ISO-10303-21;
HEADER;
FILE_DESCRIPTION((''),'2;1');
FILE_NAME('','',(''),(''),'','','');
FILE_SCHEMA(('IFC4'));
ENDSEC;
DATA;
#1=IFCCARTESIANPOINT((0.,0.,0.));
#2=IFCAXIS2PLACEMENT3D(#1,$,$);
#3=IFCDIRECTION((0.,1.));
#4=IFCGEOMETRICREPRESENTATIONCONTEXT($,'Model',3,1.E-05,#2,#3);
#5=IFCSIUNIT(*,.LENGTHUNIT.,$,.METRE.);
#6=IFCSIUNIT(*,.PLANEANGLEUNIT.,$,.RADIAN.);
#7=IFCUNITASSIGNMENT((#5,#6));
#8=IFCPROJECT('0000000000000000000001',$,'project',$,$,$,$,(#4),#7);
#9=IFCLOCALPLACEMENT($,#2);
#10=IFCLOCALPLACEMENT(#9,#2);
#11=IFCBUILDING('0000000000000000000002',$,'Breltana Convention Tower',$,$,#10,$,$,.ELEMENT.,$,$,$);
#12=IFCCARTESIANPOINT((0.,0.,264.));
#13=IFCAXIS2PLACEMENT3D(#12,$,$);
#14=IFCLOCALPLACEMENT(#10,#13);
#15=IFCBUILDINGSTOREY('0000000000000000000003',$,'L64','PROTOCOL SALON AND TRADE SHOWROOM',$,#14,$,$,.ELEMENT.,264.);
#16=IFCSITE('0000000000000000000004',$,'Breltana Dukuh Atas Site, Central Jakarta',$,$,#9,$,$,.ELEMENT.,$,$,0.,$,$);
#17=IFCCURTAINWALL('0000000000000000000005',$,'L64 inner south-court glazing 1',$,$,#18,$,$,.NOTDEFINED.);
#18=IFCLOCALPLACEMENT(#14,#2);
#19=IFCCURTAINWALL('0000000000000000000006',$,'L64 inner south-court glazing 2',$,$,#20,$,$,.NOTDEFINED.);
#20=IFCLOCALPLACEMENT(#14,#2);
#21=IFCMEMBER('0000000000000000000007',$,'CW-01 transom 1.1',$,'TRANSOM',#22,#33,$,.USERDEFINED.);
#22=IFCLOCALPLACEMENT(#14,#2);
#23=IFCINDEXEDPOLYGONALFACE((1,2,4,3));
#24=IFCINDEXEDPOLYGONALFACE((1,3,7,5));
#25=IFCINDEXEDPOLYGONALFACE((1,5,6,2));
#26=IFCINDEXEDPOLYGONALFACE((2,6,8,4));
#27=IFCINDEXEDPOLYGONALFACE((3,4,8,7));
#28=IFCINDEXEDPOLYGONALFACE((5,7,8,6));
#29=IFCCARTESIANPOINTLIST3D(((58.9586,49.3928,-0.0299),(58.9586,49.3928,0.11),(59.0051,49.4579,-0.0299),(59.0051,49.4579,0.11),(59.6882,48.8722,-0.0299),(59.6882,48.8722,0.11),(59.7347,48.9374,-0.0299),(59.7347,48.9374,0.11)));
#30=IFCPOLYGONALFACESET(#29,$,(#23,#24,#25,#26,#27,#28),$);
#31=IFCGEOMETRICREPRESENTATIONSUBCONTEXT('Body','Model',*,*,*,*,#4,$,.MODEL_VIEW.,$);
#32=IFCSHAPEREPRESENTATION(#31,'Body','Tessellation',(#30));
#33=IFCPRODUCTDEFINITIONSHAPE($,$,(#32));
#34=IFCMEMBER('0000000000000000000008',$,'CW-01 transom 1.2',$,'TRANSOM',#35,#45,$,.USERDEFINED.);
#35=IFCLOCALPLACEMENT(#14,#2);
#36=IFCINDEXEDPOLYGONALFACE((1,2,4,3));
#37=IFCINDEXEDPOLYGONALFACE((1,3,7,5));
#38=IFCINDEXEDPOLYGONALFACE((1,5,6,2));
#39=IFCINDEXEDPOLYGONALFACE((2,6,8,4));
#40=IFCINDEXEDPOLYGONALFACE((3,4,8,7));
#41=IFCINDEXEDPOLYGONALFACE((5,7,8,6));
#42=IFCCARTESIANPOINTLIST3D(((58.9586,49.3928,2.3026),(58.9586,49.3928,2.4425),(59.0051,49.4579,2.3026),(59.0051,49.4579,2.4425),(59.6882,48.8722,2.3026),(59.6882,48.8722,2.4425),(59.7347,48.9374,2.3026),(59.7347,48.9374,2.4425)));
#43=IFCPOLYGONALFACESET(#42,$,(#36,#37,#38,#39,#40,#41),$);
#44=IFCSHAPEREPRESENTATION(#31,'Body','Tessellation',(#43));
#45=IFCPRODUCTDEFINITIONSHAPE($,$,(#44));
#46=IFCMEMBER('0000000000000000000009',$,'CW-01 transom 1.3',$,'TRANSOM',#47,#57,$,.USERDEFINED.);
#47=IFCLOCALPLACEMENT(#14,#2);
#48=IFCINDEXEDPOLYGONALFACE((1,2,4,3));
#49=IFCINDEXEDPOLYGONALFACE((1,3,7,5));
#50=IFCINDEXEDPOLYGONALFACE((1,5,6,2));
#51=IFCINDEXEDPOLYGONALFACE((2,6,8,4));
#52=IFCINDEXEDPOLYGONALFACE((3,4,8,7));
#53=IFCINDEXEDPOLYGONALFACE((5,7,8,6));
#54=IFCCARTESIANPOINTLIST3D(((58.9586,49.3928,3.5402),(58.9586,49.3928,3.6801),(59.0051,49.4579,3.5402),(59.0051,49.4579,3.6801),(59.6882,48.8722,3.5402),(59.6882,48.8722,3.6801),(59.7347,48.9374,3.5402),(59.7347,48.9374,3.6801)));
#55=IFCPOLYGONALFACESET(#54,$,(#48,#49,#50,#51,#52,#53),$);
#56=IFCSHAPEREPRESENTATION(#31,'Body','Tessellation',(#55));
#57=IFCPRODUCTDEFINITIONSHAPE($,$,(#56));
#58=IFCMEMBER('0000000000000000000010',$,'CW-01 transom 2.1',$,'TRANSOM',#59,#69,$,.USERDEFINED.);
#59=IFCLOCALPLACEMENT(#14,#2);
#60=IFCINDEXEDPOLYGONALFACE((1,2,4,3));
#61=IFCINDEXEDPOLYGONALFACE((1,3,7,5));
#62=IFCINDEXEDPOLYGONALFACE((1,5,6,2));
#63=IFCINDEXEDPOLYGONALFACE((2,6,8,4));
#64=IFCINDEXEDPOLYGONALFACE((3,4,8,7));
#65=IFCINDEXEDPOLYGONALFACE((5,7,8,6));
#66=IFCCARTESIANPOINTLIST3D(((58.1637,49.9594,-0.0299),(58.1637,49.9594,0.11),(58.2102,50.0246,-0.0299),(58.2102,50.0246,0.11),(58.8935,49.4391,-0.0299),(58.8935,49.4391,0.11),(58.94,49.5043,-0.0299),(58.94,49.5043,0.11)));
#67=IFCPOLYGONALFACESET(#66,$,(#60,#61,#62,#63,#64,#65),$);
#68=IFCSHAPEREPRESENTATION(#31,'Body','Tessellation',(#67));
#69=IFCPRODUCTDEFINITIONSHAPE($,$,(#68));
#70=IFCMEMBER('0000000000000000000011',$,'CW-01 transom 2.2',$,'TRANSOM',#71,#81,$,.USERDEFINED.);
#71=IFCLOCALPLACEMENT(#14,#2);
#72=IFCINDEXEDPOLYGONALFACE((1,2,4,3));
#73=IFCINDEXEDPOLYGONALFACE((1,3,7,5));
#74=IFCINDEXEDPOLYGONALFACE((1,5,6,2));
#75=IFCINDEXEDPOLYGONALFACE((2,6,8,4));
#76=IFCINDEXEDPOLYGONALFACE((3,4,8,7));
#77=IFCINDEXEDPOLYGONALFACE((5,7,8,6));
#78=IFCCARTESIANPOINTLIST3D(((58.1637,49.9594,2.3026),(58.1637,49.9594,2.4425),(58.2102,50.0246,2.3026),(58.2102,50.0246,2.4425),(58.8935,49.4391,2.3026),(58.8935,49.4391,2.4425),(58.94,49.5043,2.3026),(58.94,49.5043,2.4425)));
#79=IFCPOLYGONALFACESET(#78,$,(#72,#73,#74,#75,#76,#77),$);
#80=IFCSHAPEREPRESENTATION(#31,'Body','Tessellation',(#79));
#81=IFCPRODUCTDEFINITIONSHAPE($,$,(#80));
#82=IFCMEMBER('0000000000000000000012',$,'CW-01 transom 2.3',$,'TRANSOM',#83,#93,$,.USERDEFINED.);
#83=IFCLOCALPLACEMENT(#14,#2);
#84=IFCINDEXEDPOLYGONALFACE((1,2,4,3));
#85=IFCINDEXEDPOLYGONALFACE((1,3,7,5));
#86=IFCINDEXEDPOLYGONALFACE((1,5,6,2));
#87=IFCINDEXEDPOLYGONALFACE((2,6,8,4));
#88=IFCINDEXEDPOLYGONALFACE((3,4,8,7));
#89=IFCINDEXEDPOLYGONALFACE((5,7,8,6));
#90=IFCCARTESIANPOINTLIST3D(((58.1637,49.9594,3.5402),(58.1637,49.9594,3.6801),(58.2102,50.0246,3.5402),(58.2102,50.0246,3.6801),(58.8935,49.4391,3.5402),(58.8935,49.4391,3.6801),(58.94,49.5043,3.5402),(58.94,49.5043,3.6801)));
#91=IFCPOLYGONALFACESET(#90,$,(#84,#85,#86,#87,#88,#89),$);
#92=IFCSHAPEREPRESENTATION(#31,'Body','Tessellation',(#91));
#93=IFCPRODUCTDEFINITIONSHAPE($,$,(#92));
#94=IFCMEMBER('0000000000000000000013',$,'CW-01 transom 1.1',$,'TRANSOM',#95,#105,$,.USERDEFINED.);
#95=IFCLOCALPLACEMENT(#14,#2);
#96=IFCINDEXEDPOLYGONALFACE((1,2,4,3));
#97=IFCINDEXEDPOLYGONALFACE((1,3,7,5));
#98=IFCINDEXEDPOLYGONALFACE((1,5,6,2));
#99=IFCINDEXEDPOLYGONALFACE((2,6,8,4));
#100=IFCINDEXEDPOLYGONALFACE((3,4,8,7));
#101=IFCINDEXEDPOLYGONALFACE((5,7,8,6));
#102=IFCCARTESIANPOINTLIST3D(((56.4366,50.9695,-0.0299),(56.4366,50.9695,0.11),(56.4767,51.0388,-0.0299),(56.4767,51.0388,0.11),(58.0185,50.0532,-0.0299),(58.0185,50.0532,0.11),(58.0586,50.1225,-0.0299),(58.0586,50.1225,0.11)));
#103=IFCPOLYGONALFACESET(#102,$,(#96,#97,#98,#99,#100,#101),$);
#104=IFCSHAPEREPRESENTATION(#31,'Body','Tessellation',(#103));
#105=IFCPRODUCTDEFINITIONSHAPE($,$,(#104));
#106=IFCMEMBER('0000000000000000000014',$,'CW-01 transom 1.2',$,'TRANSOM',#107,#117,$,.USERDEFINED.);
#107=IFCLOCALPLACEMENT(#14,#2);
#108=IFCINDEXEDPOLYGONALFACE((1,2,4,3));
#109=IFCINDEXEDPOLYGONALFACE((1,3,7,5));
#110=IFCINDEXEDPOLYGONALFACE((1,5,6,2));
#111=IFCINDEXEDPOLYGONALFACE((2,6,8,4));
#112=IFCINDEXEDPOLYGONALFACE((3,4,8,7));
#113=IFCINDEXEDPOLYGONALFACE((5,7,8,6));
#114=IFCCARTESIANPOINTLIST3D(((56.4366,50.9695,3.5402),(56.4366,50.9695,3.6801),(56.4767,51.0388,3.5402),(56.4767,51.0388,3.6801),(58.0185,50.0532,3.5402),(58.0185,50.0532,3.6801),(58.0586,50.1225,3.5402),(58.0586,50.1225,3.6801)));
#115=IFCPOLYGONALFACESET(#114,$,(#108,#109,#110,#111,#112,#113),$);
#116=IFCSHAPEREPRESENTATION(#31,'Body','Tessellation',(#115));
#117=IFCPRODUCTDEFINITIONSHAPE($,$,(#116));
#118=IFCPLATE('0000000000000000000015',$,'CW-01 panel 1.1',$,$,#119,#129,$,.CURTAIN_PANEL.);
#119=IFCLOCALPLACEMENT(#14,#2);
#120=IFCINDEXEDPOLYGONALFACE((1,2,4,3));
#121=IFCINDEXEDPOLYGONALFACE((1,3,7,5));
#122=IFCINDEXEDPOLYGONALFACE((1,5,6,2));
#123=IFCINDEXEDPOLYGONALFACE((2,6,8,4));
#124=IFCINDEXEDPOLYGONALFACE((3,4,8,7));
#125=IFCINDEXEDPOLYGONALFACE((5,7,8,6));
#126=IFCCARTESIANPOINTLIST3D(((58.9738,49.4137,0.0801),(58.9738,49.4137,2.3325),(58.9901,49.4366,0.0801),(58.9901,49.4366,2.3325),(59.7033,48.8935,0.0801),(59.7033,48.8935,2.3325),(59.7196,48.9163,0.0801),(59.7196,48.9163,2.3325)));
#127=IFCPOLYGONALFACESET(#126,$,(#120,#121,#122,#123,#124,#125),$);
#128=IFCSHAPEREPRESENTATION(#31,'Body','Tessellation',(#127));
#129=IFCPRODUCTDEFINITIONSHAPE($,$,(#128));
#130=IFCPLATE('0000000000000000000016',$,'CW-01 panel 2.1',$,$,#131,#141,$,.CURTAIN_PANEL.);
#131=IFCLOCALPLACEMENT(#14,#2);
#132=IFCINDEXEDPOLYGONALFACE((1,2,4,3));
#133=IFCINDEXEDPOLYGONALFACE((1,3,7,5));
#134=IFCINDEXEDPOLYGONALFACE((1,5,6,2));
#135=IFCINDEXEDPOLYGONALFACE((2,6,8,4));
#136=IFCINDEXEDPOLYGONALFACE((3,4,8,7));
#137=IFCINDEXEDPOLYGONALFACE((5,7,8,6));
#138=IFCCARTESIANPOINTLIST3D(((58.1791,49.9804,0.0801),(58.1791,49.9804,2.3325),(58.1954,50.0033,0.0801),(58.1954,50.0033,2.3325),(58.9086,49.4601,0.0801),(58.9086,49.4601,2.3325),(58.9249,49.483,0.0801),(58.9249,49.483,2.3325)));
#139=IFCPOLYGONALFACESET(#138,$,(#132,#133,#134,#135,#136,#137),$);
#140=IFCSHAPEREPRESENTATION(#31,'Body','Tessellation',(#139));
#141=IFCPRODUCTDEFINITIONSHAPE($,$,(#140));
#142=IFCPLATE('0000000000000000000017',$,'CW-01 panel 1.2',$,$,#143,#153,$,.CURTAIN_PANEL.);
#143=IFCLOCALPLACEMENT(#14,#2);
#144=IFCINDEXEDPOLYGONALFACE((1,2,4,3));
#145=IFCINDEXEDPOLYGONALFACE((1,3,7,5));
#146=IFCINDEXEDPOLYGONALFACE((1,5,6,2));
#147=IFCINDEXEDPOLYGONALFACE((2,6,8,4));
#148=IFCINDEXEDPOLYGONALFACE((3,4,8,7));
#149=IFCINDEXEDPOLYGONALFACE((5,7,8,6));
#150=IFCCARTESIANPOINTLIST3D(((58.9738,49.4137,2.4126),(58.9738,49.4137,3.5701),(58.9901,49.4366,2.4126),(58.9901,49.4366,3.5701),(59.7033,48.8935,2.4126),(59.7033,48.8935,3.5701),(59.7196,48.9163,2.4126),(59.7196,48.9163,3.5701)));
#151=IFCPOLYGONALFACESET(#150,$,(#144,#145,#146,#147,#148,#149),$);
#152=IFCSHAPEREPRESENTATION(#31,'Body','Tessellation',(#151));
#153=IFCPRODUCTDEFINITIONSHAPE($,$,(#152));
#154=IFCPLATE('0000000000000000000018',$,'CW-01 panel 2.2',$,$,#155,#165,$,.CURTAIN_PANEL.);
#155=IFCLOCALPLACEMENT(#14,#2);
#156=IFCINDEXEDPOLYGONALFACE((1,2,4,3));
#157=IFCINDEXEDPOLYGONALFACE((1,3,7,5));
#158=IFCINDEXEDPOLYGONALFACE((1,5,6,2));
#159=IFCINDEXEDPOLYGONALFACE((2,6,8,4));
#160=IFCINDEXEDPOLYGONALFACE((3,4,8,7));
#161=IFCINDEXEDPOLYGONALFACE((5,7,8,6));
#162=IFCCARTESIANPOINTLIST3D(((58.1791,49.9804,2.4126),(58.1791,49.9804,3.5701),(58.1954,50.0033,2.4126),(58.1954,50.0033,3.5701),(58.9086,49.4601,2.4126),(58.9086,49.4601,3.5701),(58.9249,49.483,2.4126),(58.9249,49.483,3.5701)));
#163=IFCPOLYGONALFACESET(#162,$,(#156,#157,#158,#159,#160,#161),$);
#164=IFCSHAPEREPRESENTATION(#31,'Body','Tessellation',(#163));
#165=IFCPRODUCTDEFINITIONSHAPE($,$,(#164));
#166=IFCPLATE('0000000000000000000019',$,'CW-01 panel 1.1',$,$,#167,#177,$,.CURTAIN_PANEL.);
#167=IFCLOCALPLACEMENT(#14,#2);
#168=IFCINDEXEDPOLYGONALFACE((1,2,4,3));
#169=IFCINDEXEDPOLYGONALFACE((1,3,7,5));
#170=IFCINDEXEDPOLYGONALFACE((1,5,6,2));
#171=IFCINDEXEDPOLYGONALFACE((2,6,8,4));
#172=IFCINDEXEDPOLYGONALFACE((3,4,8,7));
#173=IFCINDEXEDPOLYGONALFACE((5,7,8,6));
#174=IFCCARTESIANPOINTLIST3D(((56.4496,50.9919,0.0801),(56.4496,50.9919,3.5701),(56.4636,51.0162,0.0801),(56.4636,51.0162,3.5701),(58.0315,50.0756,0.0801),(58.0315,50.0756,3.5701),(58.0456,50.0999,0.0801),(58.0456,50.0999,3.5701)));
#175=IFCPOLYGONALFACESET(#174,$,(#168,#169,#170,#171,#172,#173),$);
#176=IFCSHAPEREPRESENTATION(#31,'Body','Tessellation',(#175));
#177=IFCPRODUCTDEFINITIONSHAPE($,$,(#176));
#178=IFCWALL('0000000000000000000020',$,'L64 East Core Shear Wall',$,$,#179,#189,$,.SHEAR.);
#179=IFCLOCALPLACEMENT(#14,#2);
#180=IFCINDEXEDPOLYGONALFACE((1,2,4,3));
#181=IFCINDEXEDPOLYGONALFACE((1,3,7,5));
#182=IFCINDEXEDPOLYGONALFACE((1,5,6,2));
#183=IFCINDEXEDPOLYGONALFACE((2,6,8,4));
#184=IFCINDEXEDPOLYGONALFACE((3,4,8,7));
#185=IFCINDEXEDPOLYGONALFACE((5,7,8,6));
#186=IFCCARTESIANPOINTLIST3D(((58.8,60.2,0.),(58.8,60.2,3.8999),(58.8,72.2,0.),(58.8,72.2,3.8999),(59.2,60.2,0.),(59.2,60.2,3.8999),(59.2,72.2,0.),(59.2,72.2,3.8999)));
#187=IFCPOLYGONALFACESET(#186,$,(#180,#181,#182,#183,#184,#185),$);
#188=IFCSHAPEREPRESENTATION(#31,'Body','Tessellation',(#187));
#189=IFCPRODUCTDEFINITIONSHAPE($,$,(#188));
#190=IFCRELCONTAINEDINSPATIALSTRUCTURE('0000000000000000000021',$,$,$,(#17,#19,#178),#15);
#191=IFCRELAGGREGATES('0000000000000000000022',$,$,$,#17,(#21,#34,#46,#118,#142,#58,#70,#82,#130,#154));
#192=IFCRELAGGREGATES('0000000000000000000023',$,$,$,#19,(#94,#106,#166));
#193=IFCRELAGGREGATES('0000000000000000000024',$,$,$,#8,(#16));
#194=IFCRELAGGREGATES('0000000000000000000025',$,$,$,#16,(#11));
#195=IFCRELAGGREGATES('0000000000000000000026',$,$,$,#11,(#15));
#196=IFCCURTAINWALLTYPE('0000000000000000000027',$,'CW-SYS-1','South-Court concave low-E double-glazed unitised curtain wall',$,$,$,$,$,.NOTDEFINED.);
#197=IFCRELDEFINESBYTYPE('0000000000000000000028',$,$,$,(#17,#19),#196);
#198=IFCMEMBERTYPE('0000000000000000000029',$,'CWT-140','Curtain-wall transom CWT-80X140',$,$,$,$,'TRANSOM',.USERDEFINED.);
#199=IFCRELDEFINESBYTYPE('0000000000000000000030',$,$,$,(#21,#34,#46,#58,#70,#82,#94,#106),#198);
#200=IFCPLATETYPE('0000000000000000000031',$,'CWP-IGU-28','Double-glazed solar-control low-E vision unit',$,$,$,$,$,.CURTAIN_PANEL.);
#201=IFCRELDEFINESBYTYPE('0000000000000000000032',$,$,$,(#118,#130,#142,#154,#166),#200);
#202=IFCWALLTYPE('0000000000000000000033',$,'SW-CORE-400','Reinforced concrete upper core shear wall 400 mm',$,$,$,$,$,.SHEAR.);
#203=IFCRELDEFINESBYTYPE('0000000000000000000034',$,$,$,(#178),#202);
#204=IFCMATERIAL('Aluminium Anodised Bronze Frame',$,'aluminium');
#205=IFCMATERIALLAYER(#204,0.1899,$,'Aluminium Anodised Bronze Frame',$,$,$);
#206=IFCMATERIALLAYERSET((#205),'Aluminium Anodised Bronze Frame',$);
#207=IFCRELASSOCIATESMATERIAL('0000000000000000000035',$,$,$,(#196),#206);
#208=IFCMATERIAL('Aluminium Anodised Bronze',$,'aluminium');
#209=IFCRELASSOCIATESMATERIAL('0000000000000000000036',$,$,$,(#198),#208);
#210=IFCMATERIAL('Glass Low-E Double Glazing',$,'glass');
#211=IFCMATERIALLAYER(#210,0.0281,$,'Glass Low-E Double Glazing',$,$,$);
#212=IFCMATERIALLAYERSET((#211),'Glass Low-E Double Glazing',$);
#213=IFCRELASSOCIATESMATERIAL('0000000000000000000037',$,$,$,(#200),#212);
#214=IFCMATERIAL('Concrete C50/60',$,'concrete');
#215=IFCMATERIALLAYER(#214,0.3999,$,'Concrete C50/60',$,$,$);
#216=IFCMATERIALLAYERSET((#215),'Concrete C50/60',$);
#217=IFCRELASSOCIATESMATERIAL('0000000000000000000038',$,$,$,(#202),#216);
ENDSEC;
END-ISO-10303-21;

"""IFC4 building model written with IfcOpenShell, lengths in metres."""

from ifc_helpers import new_model, si_unit, direction, frame, frame_2d, origin, origin_2d, place, context, subcontext, project, spatial, rectangle, extrude, source, transform, mapped, material, layer, layer_set, material_profile, profile_set, type_object, element, aggregate, save


model = new_model("IFC4")

# Units and contexts
model_context = context("Model", 3, precision=1e-05, world=origin(), true_north=direction((0.0, 1.0)))
body_context = subcontext(model_context, "Body", "Model", "MODEL_VIEW")
ifc_project = project(units=[si_unit("LENGTHUNIT", "METRE"), si_unit("PLANEANGLEUNIT", "RADIAN")], contexts=[model_context])

# Site, building, storey
site_placement = place(None, origin())
site = spatial("IfcSite", under=ifc_project, at=site_placement, Name="Breltana Dukuh Atas Site, Central Jakarta", CompositionType="ELEMENT", RefElevation=0.0)
building_placement = place(site_placement, origin())
building = spatial("IfcBuilding", under=site, at=building_placement, Name="Breltana Convention Tower", CompositionType="ELEMENT")
storey_placement = place(building_placement, frame((0.0, 0.0, 264.0)))
storey = spatial("IfcBuildingStorey", under=building, at=storey_placement, Name="L64", Description="PROTOCOL SALON AND TRADE SHOWROOM", CompositionType="ELEMENT", Elevation=264.0)

# Curtain walls
ifc_material_1 = material(Name="Aluminium Anodised Bronze Frame", Category="aluminium")
ifc_layer_1 = layer(ifc_material_1, 0.1899, Name="Aluminium Anodised Bronze Frame")
ifc_layer_set_1 = layer_set([ifc_layer_1], Name="Aluminium Anodised Bronze Frame")
curtain_wall_type = type_object("IfcCurtainWallType", Name="CW-SYS-1", Description="South-Court concave low-E double-glazed unitised curtain wall", PredefinedType="NOTDEFINED", material=ifc_layer_set_1)
curtain_wall_1_placement = place(storey_placement, origin())
curtain_wall_1 = element("IfcCurtainWall", 1, at=curtain_wall_1_placement, inside=storey, type_object=curtain_wall_type, Name="L64 inner south-court glazing 1", PredefinedType="NOTDEFINED")
ifc_material_2 = material(Name="Aluminium Anodised Bronze", Category="aluminium")
curtain_wall_2_placement = place(storey_placement, origin())
curtain_wall_2 = element("IfcCurtainWall", 2, at=curtain_wall_2_placement, inside=storey, type_object=curtain_wall_type, Name="L64 inner south-court glazing 2", PredefinedType="NOTDEFINED")

# Members
ifc_material_profile_1 = material_profile(ifc_material_2, rectangle(XDim=0.0801, YDim=0.1399, at=origin_2d()), Name="CWT-80X140")
ifc_profile_set_1 = profile_set([ifc_material_profile_1], Name="Aluminium Anodised Bronze")
member_type_1 = type_object("IfcMemberType", Name="CWT-140", Description="Curtain-wall transom CWT-80X140", ElementType="TRANSOM", PredefinedType="USERDEFINED", material=ifc_profile_set_1)
shared_shape_1 = source(origin(), body_context, "Body", "SweptSolid", [
    extrude(rectangle(XDim=0.0801, YDim=0.1399, at=origin_2d()), origin(), (0.0, 0.0, 1.0), 0.8962),
])
member_1_placement = place(storey_placement, frame((59.7114, 48.9048, 0.04), z_axis=(-0.814028, 0.580826, 0.0), x_axis=(-0.580826, -0.814028, 0.0)))
member_1 = element("IfcMember", 3, at=member_1_placement, type_object=member_type_1, Name="CW-01 transom 1.1", ObjectType="TRANSOM", PredefinedType="USERDEFINED", context=body_context, shape_type="MappedRepresentation", body=[
    mapped(shared_shape_1, transform((0.0, 0.0, 0.0), scale=1.0)),
])
member_2_placement = place(storey_placement, frame((59.7114, 48.9048, 2.3726), z_axis=(-0.814028, 0.580826, 0.0), x_axis=(-0.580826, -0.814028, 0.0)))
member_2 = element("IfcMember", 4, at=member_2_placement, type_object=member_type_1, Name="CW-01 transom 1.2", ObjectType="TRANSOM", PredefinedType="USERDEFINED", context=body_context, shape_type="MappedRepresentation", body=[
    mapped(shared_shape_1, transform((0.0, 0.0, 0.0), scale=1.0)),
])
member_3_placement = place(storey_placement, frame((59.7114, 48.9048, 3.6101), z_axis=(-0.814028, 0.580826, 0.0), x_axis=(-0.580826, -0.814028, 0.0)))
member_3 = element("IfcMember", 5, at=member_3_placement, type_object=member_type_1, Name="CW-01 transom 1.3", ObjectType="TRANSOM", PredefinedType="USERDEFINED", context=body_context, shape_type="MappedRepresentation", body=[
    mapped(shared_shape_1, transform((0.0, 0.0, 0.0), scale=1.0)),
])
member_4_placement = place(storey_placement, frame((58.9167, 49.4717, 0.04), z_axis=(-0.814249, 0.580516, 0.0), x_axis=(-0.580516, -0.814249, 0.0)))
member_4 = element("IfcMember", 6, at=member_4_placement, type_object=member_type_1, Name="CW-01 transom 2.1", ObjectType="TRANSOM", PredefinedType="USERDEFINED", context=body_context, shape_type="MappedRepresentation", body=[
    mapped(shared_shape_1, transform((0.0, 0.0, 0.0), scale=1.0)),
])
member_5_placement = place(storey_placement, frame((58.9167, 49.4717, 2.3726), z_axis=(-0.814249, 0.580516, 0.0), x_axis=(-0.580516, -0.814249, 0.0)))
member_5 = element("IfcMember", 7, at=member_5_placement, type_object=member_type_1, Name="CW-01 transom 2.2", ObjectType="TRANSOM", PredefinedType="USERDEFINED", context=body_context, shape_type="MappedRepresentation", body=[
    mapped(shared_shape_1, transform((0.0, 0.0, 0.0), scale=1.0)),
])
member_6_placement = place(storey_placement, frame((58.9167, 49.4717, 3.6101), z_axis=(-0.814249, 0.580516, 0.0), x_axis=(-0.580516, -0.814249, 0.0)))
member_6 = element("IfcMember", 8, at=member_6_placement, type_object=member_type_1, Name="CW-01 transom 2.3", ObjectType="TRANSOM", PredefinedType="USERDEFINED", context=body_context, shape_type="MappedRepresentation", body=[
    mapped(shared_shape_1, transform((0.0, 0.0, 0.0), scale=1.0)),
])
shared_shape_2 = source(origin(), body_context, "Body", "SweptSolid", [
    extrude(rectangle(XDim=0.0801, YDim=0.1399, at=origin_2d()), origin(), (0.0, 0.0, 1.0), 1.8281),
])
member_7_placement = place(storey_placement, frame((58.0386, 50.0879, 0.04), z_axis=(-0.865344, 0.501178, 0.0), x_axis=(-0.501178, -0.865344, 0.0)))
member_7 = element("IfcMember", 9, at=member_7_placement, type_object=member_type_1, Name="CW-01 transom 1.1", ObjectType="TRANSOM", PredefinedType="USERDEFINED", context=body_context, shape_type="MappedRepresentation", body=[
    mapped(shared_shape_2, transform((0.0, 0.0, 0.0), scale=1.0)),
])
member_8_placement = place(storey_placement, frame((58.0386, 50.0879, 3.6101), z_axis=(-0.865344, 0.501178, 0.0), x_axis=(-0.501178, -0.865344, 0.0)))
member_8 = element("IfcMember", 10, at=member_8_placement, type_object=member_type_1, Name="CW-01 transom 1.2", ObjectType="TRANSOM", PredefinedType="USERDEFINED", context=body_context, shape_type="MappedRepresentation", body=[
    mapped(shared_shape_2, transform((0.0, 0.0, 0.0), scale=1.0)),
])

# Plates
ifc_material_3 = material(Name="Glass Low-E Double Glazing", Category="glass")
ifc_layer_2 = layer(ifc_material_3, 0.0281, Name="Glass Low-E Double Glazing")
ifc_layer_set_2 = layer_set([ifc_layer_2], Name="Glass Low-E Double Glazing")
plate_type = type_object("IfcPlateType", Name="CWP-IGU-28", Description="Double-glazed solar-control low-E vision unit", PredefinedType="CURTAIN_PANEL", material=ifc_layer_set_2)
shared_shape_3 = source(origin(), body_context, "Body", "SweptSolid", [
    extrude(rectangle(XDim=0.896, YDim=0.0281, at=origin_2d()), origin(), (0.0, 0.0, 1.0), 2.2524),
])
plate_1_placement = place(storey_placement, frame((59.3467, 49.165, 0.0801), z_axis=(0.0, 0.0, 1.0), x_axis=(-0.814149, 0.580656, 0.0)))
plate_1 = element("IfcPlate", 11, at=plate_1_placement, type_object=plate_type, Name="CW-01 panel 1.1", PredefinedType="CURTAIN_PANEL", context=body_context, shape_type="MappedRepresentation", body=[
    mapped(shared_shape_3, transform((0.0, 0.0, 0.0), scale=1.0)),
])
plate_2_placement = place(storey_placement, frame((58.552, 49.7317, 0.0801), z_axis=(0.0, 0.0, 1.0), x_axis=(-0.814149, 0.580656, 0.0)))
plate_2 = element("IfcPlate", 12, at=plate_2_placement, type_object=plate_type, Name="CW-01 panel 2.1", PredefinedType="CURTAIN_PANEL", context=body_context, shape_type="MappedRepresentation", body=[
    mapped(shared_shape_3, transform((0.0, 0.0, 0.0), scale=1.0)),
])
shared_shape_4 = source(origin(), body_context, "Body", "SweptSolid", [
    extrude(rectangle(XDim=0.896, YDim=0.0281, at=origin_2d()), origin(), (0.0, 0.0, 1.0), 1.1575),
])
plate_3_placement = place(storey_placement, frame((59.3467, 49.165, 2.4126), z_axis=(0.0, 0.0, 1.0), x_axis=(-0.814149, 0.580656, 0.0)))
plate_3 = element("IfcPlate", 13, at=plate_3_placement, type_object=plate_type, Name="CW-01 panel 1.2", PredefinedType="CURTAIN_PANEL", context=body_context, shape_type="MappedRepresentation", body=[
    mapped(shared_shape_4, transform((0.0, 0.0, 0.0), scale=1.0)),
])
plate_4_placement = place(storey_placement, frame((58.552, 49.7317, 2.4126), z_axis=(0.0, 0.0, 1.0), x_axis=(-0.814149, 0.580656, 0.0)))
plate_4 = element("IfcPlate", 14, at=plate_4_placement, type_object=plate_type, Name="CW-01 panel 2.2", PredefinedType="CURTAIN_PANEL", context=body_context, shape_type="MappedRepresentation", body=[
    mapped(shared_shape_4, transform((0.0, 0.0, 0.0), scale=1.0)),
])
aggregate(curtain_wall_1, [member_1, member_2, member_3, plate_1, plate_3, member_4, member_5, member_6, plate_2, plate_4])
shared_shape_5 = source(origin(), body_context, "Body", "SweptSolid", [
    extrude(rectangle(XDim=1.8281, YDim=0.0281, at=origin_2d()), origin(), (0.0, 0.0, 1.0), 3.49),
])
plate_5_placement = place(storey_placement, frame((57.2476, 50.5459, 0.0801), z_axis=(0.0, 0.0, 1.0), x_axis=(-0.865322, 0.501217, 0.0)))
plate_5 = element("IfcPlate", 15, at=plate_5_placement, type_object=plate_type, Name="CW-01 panel 1.1", PredefinedType="CURTAIN_PANEL", context=body_context, shape_type="MappedRepresentation", body=[
    mapped(shared_shape_5, transform((0.0, 0.0, 0.0), scale=1.0)),
])
aggregate(curtain_wall_2, [member_7, member_8, plate_5])

# Wall
ifc_material_4 = material(Name="Concrete C50/60", Category="concrete")
ifc_layer_3 = layer(ifc_material_4, 0.3999, Name="Concrete C50/60")
ifc_layer_set_3 = layer_set([ifc_layer_3], Name="Concrete C50/60")
wall_type_1 = type_object("IfcWallType", Name="SW-CORE-400", Description="Reinforced concrete upper core shear wall 400 mm", PredefinedType="SHEAR", material=ifc_layer_set_3)
shared_shape_6 = source(origin(), body_context, "Body", "SweptSolid", [
    extrude(rectangle(XDim=12.0, YDim=0.3999, at=frame_2d((6.0, 0.0))), origin(), (0.0, 0.0, 1.0), 3.8999),
])
wall_1_placement = place(storey_placement, frame((59.0, 60.2, 0.0), z_axis=(0.0, 0.0, 1.0), x_axis=(0.0, 1.0, 0.0)))
element("IfcWall", 16, at=wall_1_placement, inside=storey, type_object=wall_type_1, Name="L64 East Core Shear Wall", PredefinedType="SHEAR", context=body_context, shape_type="MappedRepresentation", body=[
    mapped(shared_shape_6, transform((0.0, 0.0, 0.0), scale=1.0)),
])

save(model, "model.ifc")
